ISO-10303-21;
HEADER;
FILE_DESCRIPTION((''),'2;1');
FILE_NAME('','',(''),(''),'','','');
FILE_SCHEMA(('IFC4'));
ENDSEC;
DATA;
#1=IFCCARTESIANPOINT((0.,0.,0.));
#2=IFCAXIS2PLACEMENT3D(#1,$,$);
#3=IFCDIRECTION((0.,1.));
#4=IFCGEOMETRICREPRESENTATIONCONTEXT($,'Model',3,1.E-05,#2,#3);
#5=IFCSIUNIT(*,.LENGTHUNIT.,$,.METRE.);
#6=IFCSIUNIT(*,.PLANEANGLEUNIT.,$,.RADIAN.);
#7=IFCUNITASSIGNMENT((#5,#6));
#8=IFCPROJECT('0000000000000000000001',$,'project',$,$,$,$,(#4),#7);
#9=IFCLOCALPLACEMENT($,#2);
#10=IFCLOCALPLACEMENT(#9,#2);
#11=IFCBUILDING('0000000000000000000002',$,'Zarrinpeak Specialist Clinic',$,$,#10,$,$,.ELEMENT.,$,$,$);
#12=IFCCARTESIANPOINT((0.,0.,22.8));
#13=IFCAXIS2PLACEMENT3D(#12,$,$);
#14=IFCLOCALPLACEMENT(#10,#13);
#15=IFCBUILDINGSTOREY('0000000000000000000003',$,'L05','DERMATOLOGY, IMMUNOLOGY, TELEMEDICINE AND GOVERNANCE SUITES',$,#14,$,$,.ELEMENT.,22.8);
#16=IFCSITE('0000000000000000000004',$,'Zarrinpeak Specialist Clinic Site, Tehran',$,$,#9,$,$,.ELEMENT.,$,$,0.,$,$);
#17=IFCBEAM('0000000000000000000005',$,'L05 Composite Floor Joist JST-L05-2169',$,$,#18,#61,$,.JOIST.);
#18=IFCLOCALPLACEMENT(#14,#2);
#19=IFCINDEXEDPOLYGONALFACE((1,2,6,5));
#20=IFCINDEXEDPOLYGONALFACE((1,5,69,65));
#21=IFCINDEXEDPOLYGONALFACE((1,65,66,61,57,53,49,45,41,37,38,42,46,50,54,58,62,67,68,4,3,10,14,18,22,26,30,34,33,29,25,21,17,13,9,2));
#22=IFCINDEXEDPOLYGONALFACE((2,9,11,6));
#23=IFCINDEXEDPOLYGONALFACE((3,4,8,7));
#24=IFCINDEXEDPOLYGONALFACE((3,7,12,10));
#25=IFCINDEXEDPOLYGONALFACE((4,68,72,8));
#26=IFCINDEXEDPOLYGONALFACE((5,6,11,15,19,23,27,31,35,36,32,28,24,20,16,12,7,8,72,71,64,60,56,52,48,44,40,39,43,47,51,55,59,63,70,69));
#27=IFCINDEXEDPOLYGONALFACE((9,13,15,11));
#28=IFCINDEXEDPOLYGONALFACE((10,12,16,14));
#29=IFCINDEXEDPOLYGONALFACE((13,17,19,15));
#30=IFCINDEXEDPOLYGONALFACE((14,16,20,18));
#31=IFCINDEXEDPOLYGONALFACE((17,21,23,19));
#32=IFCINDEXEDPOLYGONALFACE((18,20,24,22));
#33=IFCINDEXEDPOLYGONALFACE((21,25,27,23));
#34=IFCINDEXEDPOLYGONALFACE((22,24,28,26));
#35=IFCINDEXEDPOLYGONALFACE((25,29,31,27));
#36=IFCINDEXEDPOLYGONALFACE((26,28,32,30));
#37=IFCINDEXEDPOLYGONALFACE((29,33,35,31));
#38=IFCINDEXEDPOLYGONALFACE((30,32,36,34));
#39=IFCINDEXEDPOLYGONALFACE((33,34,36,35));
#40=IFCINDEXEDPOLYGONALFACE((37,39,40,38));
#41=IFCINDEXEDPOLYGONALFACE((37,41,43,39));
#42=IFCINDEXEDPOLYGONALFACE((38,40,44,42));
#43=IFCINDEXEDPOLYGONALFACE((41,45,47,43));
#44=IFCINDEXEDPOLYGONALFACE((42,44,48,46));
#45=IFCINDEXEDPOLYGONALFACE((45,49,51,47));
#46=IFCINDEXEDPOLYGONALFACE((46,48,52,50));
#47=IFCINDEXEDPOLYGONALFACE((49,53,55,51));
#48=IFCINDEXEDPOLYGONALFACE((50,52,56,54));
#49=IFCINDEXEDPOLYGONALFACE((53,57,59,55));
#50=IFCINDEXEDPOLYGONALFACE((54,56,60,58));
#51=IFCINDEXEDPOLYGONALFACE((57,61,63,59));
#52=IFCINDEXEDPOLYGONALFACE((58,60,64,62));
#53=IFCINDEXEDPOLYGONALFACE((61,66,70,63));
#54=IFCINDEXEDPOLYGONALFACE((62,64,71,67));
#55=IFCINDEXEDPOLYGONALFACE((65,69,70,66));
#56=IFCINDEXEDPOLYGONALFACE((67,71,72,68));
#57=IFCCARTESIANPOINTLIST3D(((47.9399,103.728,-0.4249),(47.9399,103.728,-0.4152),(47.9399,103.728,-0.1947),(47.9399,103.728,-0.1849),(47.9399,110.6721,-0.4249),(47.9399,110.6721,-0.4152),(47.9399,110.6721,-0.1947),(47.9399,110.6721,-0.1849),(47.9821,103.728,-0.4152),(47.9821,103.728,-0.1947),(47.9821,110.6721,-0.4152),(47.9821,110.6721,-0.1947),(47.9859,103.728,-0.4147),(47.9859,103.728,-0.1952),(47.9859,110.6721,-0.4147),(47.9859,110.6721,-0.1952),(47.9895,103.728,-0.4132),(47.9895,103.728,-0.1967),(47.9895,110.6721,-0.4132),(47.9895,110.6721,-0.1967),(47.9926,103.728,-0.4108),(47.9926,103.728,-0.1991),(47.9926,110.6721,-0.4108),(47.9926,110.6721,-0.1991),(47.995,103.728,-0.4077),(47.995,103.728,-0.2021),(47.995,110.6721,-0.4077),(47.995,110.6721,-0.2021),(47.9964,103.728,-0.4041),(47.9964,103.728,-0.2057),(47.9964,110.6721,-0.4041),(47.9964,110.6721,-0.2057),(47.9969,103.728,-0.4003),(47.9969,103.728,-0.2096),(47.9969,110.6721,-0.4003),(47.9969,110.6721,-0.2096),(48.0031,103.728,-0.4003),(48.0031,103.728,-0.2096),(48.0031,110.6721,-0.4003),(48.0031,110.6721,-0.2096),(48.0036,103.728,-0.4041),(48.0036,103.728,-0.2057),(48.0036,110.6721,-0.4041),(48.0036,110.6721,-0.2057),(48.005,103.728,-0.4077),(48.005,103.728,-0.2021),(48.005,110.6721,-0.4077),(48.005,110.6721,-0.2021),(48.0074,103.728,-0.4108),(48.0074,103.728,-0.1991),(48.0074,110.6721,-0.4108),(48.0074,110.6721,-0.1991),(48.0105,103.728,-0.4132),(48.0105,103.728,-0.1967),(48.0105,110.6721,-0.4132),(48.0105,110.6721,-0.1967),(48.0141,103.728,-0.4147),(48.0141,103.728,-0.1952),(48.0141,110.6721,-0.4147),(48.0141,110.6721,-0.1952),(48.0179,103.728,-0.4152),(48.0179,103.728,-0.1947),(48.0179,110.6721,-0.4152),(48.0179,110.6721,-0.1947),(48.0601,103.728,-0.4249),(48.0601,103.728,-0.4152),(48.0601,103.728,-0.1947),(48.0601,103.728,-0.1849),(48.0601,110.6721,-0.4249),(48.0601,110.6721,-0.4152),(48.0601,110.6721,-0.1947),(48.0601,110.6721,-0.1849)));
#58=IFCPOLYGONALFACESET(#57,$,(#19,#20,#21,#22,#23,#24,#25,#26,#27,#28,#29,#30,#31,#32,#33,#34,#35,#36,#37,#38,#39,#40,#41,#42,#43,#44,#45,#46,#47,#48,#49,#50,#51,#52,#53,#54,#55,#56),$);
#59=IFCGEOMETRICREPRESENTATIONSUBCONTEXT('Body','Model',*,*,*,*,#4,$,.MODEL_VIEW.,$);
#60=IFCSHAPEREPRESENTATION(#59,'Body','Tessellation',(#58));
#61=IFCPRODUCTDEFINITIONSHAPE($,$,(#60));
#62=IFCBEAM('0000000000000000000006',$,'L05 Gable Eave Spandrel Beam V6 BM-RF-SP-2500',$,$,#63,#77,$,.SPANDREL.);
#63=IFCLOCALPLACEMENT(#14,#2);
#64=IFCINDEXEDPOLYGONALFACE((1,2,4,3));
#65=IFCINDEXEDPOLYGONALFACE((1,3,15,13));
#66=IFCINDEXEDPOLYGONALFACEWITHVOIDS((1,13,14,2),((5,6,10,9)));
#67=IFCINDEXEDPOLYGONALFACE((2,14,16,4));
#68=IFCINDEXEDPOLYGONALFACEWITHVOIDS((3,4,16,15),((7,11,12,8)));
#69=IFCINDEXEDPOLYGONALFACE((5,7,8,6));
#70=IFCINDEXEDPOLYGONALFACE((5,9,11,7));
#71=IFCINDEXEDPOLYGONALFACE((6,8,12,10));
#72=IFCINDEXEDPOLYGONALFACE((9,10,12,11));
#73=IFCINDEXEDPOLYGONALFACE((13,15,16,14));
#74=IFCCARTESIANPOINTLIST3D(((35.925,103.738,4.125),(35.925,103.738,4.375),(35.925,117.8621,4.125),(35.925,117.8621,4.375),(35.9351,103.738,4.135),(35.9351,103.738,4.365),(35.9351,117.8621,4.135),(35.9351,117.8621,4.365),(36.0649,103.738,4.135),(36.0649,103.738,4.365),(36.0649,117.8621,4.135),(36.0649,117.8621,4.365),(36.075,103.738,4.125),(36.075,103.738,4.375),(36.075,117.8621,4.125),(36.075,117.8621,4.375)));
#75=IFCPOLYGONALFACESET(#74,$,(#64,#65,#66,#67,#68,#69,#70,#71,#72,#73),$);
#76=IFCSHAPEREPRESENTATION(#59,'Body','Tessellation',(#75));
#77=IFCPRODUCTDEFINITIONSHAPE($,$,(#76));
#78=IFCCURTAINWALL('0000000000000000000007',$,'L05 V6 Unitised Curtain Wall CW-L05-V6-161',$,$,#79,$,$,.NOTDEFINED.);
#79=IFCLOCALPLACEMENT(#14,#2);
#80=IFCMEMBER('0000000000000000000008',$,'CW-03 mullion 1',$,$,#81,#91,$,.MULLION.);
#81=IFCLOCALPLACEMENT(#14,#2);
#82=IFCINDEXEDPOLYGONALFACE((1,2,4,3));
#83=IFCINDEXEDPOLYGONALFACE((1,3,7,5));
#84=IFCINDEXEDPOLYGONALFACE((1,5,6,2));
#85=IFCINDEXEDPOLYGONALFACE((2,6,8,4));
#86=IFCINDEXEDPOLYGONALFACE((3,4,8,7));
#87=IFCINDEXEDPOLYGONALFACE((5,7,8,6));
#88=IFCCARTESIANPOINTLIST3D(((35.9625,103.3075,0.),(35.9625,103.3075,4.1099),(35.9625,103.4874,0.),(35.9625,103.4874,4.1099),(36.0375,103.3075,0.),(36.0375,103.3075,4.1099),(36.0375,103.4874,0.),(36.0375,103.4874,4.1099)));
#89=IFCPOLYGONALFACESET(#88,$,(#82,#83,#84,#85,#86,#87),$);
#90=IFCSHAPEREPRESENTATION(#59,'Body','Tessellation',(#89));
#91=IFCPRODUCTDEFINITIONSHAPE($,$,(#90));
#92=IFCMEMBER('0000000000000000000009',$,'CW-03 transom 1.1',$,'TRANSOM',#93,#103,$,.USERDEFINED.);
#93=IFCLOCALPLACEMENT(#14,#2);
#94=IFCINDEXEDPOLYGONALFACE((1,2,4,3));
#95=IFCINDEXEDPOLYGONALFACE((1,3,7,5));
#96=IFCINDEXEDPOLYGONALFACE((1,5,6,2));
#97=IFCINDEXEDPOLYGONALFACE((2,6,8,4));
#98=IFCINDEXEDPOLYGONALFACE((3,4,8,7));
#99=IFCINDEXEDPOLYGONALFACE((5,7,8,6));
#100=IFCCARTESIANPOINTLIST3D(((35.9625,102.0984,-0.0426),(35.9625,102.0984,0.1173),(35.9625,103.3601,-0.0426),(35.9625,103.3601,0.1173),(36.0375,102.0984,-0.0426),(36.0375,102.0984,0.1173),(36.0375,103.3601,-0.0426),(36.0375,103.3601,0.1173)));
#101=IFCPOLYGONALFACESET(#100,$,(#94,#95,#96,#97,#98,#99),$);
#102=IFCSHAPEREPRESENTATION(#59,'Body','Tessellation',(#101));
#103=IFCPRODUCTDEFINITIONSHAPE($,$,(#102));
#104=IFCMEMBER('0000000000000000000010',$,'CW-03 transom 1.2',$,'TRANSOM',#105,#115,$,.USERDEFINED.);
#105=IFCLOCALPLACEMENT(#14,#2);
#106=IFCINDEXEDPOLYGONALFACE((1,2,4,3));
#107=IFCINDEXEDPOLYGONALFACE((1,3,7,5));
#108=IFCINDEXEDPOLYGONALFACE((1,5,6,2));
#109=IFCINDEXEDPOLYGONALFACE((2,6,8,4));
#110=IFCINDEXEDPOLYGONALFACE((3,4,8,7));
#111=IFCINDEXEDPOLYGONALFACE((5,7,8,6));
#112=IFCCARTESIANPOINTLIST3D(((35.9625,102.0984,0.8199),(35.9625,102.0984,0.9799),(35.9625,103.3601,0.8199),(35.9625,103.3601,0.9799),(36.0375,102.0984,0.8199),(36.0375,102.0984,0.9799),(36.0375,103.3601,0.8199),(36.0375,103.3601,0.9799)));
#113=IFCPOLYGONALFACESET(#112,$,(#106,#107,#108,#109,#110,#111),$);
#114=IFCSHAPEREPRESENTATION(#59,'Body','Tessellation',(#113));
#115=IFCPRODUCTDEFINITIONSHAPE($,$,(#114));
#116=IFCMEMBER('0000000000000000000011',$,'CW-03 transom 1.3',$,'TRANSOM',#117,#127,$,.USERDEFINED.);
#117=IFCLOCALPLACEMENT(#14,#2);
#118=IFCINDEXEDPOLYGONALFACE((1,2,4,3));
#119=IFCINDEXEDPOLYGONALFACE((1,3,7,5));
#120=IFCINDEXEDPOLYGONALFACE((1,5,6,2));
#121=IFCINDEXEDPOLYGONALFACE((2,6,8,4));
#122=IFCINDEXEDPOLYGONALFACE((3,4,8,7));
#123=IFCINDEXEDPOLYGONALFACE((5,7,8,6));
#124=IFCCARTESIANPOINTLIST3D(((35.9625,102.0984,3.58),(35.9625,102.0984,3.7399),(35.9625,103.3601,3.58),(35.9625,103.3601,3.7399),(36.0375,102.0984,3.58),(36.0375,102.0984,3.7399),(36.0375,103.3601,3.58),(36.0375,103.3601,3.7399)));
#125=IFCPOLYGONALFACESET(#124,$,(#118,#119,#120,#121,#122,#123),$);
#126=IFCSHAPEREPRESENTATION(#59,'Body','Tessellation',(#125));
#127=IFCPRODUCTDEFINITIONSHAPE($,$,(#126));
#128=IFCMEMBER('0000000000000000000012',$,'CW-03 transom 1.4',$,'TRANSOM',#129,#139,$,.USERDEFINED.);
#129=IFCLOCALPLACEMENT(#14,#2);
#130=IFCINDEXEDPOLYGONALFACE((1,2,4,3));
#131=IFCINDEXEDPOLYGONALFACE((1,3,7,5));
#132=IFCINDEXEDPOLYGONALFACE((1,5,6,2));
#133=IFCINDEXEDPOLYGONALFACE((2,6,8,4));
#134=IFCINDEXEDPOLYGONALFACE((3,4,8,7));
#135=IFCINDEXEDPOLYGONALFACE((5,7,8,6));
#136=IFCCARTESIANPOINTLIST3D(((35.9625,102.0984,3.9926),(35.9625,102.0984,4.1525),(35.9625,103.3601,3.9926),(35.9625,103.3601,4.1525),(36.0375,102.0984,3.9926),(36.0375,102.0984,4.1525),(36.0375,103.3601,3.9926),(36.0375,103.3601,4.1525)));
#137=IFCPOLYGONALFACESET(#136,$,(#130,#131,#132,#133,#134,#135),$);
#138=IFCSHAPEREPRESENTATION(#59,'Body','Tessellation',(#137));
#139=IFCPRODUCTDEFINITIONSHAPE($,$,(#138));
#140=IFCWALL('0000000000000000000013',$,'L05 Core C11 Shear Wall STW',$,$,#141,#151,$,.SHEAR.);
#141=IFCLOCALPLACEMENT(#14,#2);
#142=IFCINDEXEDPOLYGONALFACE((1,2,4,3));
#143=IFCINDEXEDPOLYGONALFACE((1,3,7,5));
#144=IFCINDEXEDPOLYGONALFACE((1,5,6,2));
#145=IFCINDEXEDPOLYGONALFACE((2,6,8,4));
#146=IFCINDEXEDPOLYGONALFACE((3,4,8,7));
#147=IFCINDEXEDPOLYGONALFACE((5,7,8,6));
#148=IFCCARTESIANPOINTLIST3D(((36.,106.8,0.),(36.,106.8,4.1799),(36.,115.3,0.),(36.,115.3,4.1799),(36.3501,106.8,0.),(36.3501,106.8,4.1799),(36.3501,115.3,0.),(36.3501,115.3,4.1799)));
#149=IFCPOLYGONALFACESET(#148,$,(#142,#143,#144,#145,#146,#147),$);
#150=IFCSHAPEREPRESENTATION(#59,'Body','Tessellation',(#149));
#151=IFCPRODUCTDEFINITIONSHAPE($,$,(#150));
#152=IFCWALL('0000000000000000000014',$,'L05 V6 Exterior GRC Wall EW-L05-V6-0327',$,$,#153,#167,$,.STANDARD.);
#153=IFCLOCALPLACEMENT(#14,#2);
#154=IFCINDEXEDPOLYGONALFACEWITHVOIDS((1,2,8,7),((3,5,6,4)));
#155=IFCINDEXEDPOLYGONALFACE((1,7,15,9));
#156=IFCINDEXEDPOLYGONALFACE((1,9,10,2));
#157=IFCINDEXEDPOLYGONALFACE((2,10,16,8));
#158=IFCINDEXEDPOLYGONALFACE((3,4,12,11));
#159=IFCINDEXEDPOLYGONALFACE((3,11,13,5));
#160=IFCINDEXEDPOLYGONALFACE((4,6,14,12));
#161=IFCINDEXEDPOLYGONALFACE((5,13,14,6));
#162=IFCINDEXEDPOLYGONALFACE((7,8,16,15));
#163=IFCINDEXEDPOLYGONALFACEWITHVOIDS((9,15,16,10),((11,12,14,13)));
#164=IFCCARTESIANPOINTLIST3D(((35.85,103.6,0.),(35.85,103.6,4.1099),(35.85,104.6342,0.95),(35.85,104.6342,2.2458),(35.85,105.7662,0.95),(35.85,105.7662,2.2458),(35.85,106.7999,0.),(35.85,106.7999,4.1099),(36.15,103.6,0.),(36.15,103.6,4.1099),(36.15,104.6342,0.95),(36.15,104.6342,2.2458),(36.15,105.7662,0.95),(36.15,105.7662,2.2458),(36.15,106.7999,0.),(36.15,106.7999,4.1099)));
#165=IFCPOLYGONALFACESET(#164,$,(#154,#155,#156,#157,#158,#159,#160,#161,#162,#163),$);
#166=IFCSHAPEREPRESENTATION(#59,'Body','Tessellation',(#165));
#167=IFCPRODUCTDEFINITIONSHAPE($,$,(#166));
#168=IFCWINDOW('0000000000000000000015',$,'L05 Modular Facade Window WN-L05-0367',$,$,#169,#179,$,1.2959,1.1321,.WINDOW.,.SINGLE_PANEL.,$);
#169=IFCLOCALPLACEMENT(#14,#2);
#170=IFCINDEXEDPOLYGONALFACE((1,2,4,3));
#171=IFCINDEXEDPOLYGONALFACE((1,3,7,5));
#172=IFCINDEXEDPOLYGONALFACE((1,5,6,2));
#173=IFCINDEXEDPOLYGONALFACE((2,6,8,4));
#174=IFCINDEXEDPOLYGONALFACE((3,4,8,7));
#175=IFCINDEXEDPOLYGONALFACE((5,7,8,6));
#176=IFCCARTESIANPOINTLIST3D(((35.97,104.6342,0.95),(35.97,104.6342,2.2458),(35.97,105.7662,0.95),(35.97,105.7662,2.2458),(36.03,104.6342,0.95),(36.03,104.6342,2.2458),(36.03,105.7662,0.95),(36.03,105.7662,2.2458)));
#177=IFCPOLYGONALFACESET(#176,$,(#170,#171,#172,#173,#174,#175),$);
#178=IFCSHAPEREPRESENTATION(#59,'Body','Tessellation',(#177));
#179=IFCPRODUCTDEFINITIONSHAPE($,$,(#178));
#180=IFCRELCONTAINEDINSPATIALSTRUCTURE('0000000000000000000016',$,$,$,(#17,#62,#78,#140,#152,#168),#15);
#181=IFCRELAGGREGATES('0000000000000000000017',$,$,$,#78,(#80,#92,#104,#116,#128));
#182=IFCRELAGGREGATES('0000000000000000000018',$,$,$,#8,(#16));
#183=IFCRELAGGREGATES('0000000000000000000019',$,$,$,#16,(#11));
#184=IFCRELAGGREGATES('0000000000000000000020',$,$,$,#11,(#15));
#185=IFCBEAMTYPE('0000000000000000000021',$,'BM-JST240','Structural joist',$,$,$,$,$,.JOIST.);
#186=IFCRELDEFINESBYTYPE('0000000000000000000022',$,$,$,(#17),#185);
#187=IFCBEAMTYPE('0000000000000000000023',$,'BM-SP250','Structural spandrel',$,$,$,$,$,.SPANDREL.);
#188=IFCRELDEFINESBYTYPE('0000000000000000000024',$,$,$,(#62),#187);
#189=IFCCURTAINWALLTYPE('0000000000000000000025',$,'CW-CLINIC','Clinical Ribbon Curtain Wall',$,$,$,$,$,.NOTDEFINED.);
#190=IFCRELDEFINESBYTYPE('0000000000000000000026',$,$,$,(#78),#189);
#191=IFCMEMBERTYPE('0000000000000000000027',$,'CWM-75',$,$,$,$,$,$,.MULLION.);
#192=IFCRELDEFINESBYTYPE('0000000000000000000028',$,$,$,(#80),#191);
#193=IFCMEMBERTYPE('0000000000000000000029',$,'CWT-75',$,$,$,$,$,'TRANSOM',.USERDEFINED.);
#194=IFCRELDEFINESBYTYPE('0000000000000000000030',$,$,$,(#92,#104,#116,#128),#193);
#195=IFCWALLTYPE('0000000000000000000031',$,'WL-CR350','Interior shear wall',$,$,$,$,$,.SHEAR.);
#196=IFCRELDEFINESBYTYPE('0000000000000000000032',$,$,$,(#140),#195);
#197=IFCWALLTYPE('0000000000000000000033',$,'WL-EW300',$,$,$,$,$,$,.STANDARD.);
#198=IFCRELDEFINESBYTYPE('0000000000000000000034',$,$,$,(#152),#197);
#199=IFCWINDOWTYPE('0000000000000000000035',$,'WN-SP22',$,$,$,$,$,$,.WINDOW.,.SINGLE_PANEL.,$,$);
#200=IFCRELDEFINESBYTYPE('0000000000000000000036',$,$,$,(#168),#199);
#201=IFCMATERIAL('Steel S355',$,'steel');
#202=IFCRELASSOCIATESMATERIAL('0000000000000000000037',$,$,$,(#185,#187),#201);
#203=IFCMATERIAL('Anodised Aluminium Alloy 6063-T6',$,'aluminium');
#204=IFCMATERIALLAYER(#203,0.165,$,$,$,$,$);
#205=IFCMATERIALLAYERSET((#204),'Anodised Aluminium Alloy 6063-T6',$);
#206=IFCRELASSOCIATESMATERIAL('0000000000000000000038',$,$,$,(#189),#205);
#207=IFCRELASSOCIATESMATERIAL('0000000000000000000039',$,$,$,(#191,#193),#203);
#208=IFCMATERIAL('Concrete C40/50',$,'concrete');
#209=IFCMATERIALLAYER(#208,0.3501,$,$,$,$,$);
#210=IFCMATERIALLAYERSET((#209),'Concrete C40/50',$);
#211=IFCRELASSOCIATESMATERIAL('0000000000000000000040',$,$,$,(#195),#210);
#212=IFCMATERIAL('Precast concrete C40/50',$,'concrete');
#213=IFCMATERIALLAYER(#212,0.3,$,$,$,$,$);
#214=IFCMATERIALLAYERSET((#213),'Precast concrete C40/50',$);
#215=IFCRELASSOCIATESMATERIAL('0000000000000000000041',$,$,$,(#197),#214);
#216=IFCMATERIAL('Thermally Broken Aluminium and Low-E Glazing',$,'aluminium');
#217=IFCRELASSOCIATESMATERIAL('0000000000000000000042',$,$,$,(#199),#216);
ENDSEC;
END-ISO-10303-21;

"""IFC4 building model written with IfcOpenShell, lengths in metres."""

from ifc_helpers import new_model, si_unit, direction, frame, frame_2d, origin, origin_2d, place, context, subcontext, project, spatial, rectangle, hollow_rectangle, i_section, extrude, material, layer, layer_set, material_profile, profile_set, type_object, element, fill, aggregate, save


model = new_model("IFC4")

# Units and contexts
model_context = context("Model", 3, precision=1e-05, world=origin(), true_north=direction((0.0, 1.0)))
body_context = subcontext(model_context, "Body", "Model", "MODEL_VIEW")
ifc_project = project(units=[si_unit("LENGTHUNIT", "METRE"), si_unit("PLANEANGLEUNIT", "RADIAN")], contexts=[model_context])

# Site, building, storey
site_placement = place(None, origin())
site = spatial("IfcSite", under=ifc_project, at=site_placement, Name="Zarrinpeak Specialist Clinic Site, Tehran", CompositionType="ELEMENT", RefElevation=0.0)
building_placement = place(site_placement, origin())
building = spatial("IfcBuilding", under=site, at=building_placement, Name="Zarrinpeak Specialist Clinic", CompositionType="ELEMENT")
storey_placement = place(building_placement, frame((0.0, 0.0, 22.8)))
storey = spatial("IfcBuildingStorey", under=building, at=storey_placement, Name="L05", Description="DERMATOLOGY, IMMUNOLOGY, TELEMEDICINE AND GOVERNANCE SUITES", CompositionType="ELEMENT", Elevation=22.8)

# Shared definitions
ifc_material_1 = material(Name="Steel S355", Category="steel")

# Beams
ifc_material_profile_1 = material_profile(ifc_material_1, i_section(OverallWidth=0.1201, OverallDepth=0.24, WebThickness=0.0061, FlangeThickness=0.0098, FilletRadius=0.0149, at=origin_2d()), Name="IPE 240")
ifc_profile_set_1 = profile_set([ifc_material_profile_1], Name="Steel S355")
beam_type_1 = type_object("IfcBeamType", Name="BM-JST240", Description="Structural joist", PredefinedType="JOIST", material=ifc_profile_set_1)
for number, where, z_axis, x_axis, name in (
    (1, (48.0, 103.728, -0.3049), (0.0, 1.0, 0.0), (-1.0, 0.0, 0.0), "L05 Composite Floor Joist JST-L05-2169"),
):
    element("IfcBeam", number, at=place(storey_placement, frame(where, z_axis=z_axis, x_axis=x_axis)), inside=storey, type_object=beam_type_1, Name=name, PredefinedType="JOIST", context=body_context, shape_type="SweptSolid", body=[
        extrude(i_section(OverallWidth=0.1201, OverallDepth=0.24, WebThickness=0.0061, FlangeThickness=0.0098, FilletRadius=0.0149, at=origin_2d()), origin(), (0.0, 0.0, 1.0), 6.9441),
    ])
ifc_material_profile_2 = material_profile(ifc_material_1, hollow_rectangle(XDim=0.1499, YDim=0.25, WallThickness=0.01, at=origin_2d()), Name="RHS 250x150x10.0")
ifc_profile_set_2 = profile_set([ifc_material_profile_2], Name="Steel S355")
beam_type_2 = type_object("IfcBeamType", Name="BM-SP250", Description="Structural spandrel", PredefinedType="SPANDREL", material=ifc_profile_set_2)
beam_1_placement = place(storey_placement, frame((36.0, 103.738, 4.25), z_axis=(0.0, 1.0, 0.0), x_axis=(-1.0, 0.0, 0.0)))
element("IfcBeam", 2, at=beam_1_placement, inside=storey, type_object=beam_type_2, Name="L05 Gable Eave Spandrel Beam V6 BM-RF-SP-2500", PredefinedType="SPANDREL", context=body_context, shape_type="SweptSolid", body=[
    extrude(hollow_rectangle(XDim=0.1499, YDim=0.25, WallThickness=0.01, at=origin_2d()), origin(), (0.0, 0.0, 1.0), 14.124),
])

# Curtain wall, members
ifc_material_2 = material(Name="Anodised Aluminium Alloy 6063-T6", Category="aluminium")
ifc_layer_1 = layer(ifc_material_2, 0.165)
ifc_layer_set_1 = layer_set([ifc_layer_1], Name="Anodised Aluminium Alloy 6063-T6")
curtain_wall_type = type_object("IfcCurtainWallType", Name="CW-CLINIC", Description="Clinical Ribbon Curtain Wall", PredefinedType="NOTDEFINED", material=ifc_layer_set_1)
curtain_wall_placement = place(storey_placement, origin())
curtain_wall = element("IfcCurtainWall", 3, at=curtain_wall_placement, inside=storey, type_object=curtain_wall_type, Name="L05 V6 Unitised Curtain Wall CW-L05-V6-161", PredefinedType="NOTDEFINED")
ifc_material_profile_3 = material_profile(ifc_material_2, rectangle(XDim=0.075, YDim=0.1799, at=origin_2d()), Name="ALU 75x180")
ifc_profile_set_3 = profile_set([ifc_material_profile_3], Name="Anodised Aluminium Alloy 6063-T6")
member_type_1 = type_object("IfcMemberType", Name="CWM-75", PredefinedType="MULLION", material=ifc_profile_set_3)
member_1_placement = place(storey_placement, frame((36.0, 103.3975, 0.0), z_axis=(0.0, 0.0, 1.0), x_axis=(1.0, 0.0, 0.0)))
member_1 = element("IfcMember", 4, at=member_1_placement, type_object=member_type_1, Name="CW-03 mullion 1", PredefinedType="MULLION", context=body_context, shape_type="SweptSolid", body=[
    extrude(rectangle(XDim=0.075, YDim=0.1799, at=origin_2d()), origin(), (0.0, 0.0, 1.0), 4.1099),
])
ifc_material_profile_4 = material_profile(ifc_material_2, rectangle(XDim=0.075, YDim=0.1599, at=origin_2d()), Name="ALU 75x160")
ifc_profile_set_4 = profile_set([ifc_material_profile_4], Name="Anodised Aluminium Alloy 6063-T6")
member_type_2 = type_object("IfcMemberType", Name="CWT-75", ElementType="TRANSOM", PredefinedType="USERDEFINED", material=ifc_profile_set_4)
member_2_placement = place(storey_placement, frame((36.0, 103.3601, 0.0374), z_axis=(0.0, -1.0, 0.0), x_axis=(1.0, 0.0, 0.0)))
member_2 = element("IfcMember", 5, at=member_2_placement, type_object=member_type_2, Name="CW-03 transom 1.1", ObjectType="TRANSOM", PredefinedType="USERDEFINED", context=body_context, shape_type="SweptSolid", body=[
    extrude(rectangle(XDim=0.075, YDim=0.1599, at=origin_2d()), origin(), (0.0, 0.0, 1.0), 1.2617),
])
member_3_placement = place(storey_placement, frame((36.0, 103.3601, 0.8999), z_axis=(0.0, -1.0, 0.0), x_axis=(1.0, 0.0, 0.0)))
member_3 = element("IfcMember", 6, at=member_3_placement, type_object=member_type_2, Name="CW-03 transom 1.2", ObjectType="TRANSOM", PredefinedType="USERDEFINED", context=body_context, shape_type="SweptSolid", body=[
    extrude(rectangle(XDim=0.075, YDim=0.1599, at=origin_2d()), origin(), (0.0, 0.0, 1.0), 1.2617),
])
member_4_placement = place(storey_placement, frame((36.0, 103.3601, 3.6599), z_axis=(0.0, -1.0, 0.0), x_axis=(1.0, 0.0, 0.0)))
member_4 = element("IfcMember", 7, at=member_4_placement, type_object=member_type_2, Name="CW-03 transom 1.3", ObjectType="TRANSOM", PredefinedType="USERDEFINED", context=body_context, shape_type="SweptSolid", body=[
    extrude(rectangle(XDim=0.075, YDim=0.1599, at=origin_2d()), origin(), (0.0, 0.0, 1.0), 1.2617),
])
member_5_placement = place(storey_placement, frame((36.0, 103.3601, 4.0725), z_axis=(0.0, -1.0, 0.0), x_axis=(1.0, 0.0, 0.0)))
member_5 = element("IfcMember", 8, at=member_5_placement, type_object=member_type_2, Name="CW-03 transom 1.4", ObjectType="TRANSOM", PredefinedType="USERDEFINED", context=body_context, shape_type="SweptSolid", body=[
    extrude(rectangle(XDim=0.075, YDim=0.1599, at=origin_2d()), origin(), (0.0, 0.0, 1.0), 1.2617),
])
aggregate(curtain_wall, [member_1, member_2, member_3, member_4, member_5])

# Wall
ifc_material_3 = material(Name="Concrete C40/50", Category="concrete")
ifc_layer_2 = layer(ifc_material_3, 0.3501)
ifc_layer_set_2 = layer_set([ifc_layer_2], Name="Concrete C40/50")
wall_type_1 = type_object("IfcWallType", Name="WL-CR350", Description="Interior shear wall", PredefinedType="SHEAR", material=ifc_layer_set_2)
wall_1_placement = place(storey_placement, frame((36.175, 106.8, 0.0), z_axis=(0.0, 0.0, 1.0), x_axis=(0.0, 1.0, 0.0)))
element("IfcWall", 9, at=wall_1_placement, inside=storey, type_object=wall_type_1, Name="L05 Core C11 Shear Wall STW", PredefinedType="SHEAR", context=body_context, shape_type="SweptSolid", body=[
    extrude(rectangle(XDim=8.5, YDim=0.3501, at=frame_2d((4.25, 0.0))), origin(), (0.0, 0.0, 1.0), 4.1799),
])

# Wall, opening, window
ifc_material_4 = material(Name="Precast concrete C40/50", Category="concrete")
ifc_layer_3 = layer(ifc_material_4, 0.3)
ifc_layer_set_3 = layer_set([ifc_layer_3], Name="Precast concrete C40/50")
wall_type_2 = type_object("IfcWallType", Name="WL-EW300", PredefinedType="STANDARD", material=ifc_layer_set_3)
wall_2_placement = place(storey_placement, frame((36.0, 106.8, 0.0), z_axis=(0.0, 0.0, 1.0), x_axis=(0.0, -1.0, 0.0)))
wall_2 = element("IfcWall", 10, at=wall_2_placement, inside=storey, type_object=wall_type_2, Name="L05 V6 Exterior GRC Wall EW-L05-V6-0327", PredefinedType="STANDARD", context=body_context, shape_type="SweptSolid", body=[
    extrude(rectangle(XDim=3.2, YDim=0.3, at=frame_2d((1.6001, 0.0))), origin(), (0.0, 0.0, 1.0), 4.1099),
])
opening_1_placement = place(wall_2_placement, frame((1.0339, 0.0, 0.95)))
opening_1 = element("IfcOpeningElement", 11, at=opening_1_placement, cuts=wall_2, PredefinedType="OPENING", context=body_context, shape_type="SweptSolid", body=[
    extrude(rectangle(XDim=1.1321, YDim=1.2959, at=frame_2d((0.5659, 0.6479))), frame((0.0, 0.1602, 0.0), z_axis=(0.0, -1.0, 0.0), x_axis=(1.0, 0.0, 0.0)), (0.0, 0.0, 1.0), 0.3201),
])
ifc_material_5 = material(Name="Thermally Broken Aluminium and Low-E Glazing", Category="aluminium")
window_type = type_object("IfcWindowType", Name="WN-SP22", PartitioningType="SINGLE_PANEL", PredefinedType="WINDOW", material=ifc_material_5)
window_placement = place(opening_1_placement, origin())
window = element("IfcWindow", 12, at=window_placement, inside=storey, type_object=window_type, Name="L05 Modular Facade Window WN-L05-0367", OverallHeight=1.2959, OverallWidth=1.1321, PartitioningType="SINGLE_PANEL", PredefinedType="WINDOW", context=body_context, shape_type="SweptSolid", body=[
    extrude(rectangle(XDim=1.1321, YDim=1.2959, at=frame_2d((0.5659, 0.6479))), frame((0.0, 0.03, 0.0), z_axis=(0.0, -1.0, 0.0), x_axis=(1.0, 0.0, 0.0)), (0.0, 0.0, 1.0), 0.0601),
])
fill(opening_1, window)

save(model, "model.ifc")
